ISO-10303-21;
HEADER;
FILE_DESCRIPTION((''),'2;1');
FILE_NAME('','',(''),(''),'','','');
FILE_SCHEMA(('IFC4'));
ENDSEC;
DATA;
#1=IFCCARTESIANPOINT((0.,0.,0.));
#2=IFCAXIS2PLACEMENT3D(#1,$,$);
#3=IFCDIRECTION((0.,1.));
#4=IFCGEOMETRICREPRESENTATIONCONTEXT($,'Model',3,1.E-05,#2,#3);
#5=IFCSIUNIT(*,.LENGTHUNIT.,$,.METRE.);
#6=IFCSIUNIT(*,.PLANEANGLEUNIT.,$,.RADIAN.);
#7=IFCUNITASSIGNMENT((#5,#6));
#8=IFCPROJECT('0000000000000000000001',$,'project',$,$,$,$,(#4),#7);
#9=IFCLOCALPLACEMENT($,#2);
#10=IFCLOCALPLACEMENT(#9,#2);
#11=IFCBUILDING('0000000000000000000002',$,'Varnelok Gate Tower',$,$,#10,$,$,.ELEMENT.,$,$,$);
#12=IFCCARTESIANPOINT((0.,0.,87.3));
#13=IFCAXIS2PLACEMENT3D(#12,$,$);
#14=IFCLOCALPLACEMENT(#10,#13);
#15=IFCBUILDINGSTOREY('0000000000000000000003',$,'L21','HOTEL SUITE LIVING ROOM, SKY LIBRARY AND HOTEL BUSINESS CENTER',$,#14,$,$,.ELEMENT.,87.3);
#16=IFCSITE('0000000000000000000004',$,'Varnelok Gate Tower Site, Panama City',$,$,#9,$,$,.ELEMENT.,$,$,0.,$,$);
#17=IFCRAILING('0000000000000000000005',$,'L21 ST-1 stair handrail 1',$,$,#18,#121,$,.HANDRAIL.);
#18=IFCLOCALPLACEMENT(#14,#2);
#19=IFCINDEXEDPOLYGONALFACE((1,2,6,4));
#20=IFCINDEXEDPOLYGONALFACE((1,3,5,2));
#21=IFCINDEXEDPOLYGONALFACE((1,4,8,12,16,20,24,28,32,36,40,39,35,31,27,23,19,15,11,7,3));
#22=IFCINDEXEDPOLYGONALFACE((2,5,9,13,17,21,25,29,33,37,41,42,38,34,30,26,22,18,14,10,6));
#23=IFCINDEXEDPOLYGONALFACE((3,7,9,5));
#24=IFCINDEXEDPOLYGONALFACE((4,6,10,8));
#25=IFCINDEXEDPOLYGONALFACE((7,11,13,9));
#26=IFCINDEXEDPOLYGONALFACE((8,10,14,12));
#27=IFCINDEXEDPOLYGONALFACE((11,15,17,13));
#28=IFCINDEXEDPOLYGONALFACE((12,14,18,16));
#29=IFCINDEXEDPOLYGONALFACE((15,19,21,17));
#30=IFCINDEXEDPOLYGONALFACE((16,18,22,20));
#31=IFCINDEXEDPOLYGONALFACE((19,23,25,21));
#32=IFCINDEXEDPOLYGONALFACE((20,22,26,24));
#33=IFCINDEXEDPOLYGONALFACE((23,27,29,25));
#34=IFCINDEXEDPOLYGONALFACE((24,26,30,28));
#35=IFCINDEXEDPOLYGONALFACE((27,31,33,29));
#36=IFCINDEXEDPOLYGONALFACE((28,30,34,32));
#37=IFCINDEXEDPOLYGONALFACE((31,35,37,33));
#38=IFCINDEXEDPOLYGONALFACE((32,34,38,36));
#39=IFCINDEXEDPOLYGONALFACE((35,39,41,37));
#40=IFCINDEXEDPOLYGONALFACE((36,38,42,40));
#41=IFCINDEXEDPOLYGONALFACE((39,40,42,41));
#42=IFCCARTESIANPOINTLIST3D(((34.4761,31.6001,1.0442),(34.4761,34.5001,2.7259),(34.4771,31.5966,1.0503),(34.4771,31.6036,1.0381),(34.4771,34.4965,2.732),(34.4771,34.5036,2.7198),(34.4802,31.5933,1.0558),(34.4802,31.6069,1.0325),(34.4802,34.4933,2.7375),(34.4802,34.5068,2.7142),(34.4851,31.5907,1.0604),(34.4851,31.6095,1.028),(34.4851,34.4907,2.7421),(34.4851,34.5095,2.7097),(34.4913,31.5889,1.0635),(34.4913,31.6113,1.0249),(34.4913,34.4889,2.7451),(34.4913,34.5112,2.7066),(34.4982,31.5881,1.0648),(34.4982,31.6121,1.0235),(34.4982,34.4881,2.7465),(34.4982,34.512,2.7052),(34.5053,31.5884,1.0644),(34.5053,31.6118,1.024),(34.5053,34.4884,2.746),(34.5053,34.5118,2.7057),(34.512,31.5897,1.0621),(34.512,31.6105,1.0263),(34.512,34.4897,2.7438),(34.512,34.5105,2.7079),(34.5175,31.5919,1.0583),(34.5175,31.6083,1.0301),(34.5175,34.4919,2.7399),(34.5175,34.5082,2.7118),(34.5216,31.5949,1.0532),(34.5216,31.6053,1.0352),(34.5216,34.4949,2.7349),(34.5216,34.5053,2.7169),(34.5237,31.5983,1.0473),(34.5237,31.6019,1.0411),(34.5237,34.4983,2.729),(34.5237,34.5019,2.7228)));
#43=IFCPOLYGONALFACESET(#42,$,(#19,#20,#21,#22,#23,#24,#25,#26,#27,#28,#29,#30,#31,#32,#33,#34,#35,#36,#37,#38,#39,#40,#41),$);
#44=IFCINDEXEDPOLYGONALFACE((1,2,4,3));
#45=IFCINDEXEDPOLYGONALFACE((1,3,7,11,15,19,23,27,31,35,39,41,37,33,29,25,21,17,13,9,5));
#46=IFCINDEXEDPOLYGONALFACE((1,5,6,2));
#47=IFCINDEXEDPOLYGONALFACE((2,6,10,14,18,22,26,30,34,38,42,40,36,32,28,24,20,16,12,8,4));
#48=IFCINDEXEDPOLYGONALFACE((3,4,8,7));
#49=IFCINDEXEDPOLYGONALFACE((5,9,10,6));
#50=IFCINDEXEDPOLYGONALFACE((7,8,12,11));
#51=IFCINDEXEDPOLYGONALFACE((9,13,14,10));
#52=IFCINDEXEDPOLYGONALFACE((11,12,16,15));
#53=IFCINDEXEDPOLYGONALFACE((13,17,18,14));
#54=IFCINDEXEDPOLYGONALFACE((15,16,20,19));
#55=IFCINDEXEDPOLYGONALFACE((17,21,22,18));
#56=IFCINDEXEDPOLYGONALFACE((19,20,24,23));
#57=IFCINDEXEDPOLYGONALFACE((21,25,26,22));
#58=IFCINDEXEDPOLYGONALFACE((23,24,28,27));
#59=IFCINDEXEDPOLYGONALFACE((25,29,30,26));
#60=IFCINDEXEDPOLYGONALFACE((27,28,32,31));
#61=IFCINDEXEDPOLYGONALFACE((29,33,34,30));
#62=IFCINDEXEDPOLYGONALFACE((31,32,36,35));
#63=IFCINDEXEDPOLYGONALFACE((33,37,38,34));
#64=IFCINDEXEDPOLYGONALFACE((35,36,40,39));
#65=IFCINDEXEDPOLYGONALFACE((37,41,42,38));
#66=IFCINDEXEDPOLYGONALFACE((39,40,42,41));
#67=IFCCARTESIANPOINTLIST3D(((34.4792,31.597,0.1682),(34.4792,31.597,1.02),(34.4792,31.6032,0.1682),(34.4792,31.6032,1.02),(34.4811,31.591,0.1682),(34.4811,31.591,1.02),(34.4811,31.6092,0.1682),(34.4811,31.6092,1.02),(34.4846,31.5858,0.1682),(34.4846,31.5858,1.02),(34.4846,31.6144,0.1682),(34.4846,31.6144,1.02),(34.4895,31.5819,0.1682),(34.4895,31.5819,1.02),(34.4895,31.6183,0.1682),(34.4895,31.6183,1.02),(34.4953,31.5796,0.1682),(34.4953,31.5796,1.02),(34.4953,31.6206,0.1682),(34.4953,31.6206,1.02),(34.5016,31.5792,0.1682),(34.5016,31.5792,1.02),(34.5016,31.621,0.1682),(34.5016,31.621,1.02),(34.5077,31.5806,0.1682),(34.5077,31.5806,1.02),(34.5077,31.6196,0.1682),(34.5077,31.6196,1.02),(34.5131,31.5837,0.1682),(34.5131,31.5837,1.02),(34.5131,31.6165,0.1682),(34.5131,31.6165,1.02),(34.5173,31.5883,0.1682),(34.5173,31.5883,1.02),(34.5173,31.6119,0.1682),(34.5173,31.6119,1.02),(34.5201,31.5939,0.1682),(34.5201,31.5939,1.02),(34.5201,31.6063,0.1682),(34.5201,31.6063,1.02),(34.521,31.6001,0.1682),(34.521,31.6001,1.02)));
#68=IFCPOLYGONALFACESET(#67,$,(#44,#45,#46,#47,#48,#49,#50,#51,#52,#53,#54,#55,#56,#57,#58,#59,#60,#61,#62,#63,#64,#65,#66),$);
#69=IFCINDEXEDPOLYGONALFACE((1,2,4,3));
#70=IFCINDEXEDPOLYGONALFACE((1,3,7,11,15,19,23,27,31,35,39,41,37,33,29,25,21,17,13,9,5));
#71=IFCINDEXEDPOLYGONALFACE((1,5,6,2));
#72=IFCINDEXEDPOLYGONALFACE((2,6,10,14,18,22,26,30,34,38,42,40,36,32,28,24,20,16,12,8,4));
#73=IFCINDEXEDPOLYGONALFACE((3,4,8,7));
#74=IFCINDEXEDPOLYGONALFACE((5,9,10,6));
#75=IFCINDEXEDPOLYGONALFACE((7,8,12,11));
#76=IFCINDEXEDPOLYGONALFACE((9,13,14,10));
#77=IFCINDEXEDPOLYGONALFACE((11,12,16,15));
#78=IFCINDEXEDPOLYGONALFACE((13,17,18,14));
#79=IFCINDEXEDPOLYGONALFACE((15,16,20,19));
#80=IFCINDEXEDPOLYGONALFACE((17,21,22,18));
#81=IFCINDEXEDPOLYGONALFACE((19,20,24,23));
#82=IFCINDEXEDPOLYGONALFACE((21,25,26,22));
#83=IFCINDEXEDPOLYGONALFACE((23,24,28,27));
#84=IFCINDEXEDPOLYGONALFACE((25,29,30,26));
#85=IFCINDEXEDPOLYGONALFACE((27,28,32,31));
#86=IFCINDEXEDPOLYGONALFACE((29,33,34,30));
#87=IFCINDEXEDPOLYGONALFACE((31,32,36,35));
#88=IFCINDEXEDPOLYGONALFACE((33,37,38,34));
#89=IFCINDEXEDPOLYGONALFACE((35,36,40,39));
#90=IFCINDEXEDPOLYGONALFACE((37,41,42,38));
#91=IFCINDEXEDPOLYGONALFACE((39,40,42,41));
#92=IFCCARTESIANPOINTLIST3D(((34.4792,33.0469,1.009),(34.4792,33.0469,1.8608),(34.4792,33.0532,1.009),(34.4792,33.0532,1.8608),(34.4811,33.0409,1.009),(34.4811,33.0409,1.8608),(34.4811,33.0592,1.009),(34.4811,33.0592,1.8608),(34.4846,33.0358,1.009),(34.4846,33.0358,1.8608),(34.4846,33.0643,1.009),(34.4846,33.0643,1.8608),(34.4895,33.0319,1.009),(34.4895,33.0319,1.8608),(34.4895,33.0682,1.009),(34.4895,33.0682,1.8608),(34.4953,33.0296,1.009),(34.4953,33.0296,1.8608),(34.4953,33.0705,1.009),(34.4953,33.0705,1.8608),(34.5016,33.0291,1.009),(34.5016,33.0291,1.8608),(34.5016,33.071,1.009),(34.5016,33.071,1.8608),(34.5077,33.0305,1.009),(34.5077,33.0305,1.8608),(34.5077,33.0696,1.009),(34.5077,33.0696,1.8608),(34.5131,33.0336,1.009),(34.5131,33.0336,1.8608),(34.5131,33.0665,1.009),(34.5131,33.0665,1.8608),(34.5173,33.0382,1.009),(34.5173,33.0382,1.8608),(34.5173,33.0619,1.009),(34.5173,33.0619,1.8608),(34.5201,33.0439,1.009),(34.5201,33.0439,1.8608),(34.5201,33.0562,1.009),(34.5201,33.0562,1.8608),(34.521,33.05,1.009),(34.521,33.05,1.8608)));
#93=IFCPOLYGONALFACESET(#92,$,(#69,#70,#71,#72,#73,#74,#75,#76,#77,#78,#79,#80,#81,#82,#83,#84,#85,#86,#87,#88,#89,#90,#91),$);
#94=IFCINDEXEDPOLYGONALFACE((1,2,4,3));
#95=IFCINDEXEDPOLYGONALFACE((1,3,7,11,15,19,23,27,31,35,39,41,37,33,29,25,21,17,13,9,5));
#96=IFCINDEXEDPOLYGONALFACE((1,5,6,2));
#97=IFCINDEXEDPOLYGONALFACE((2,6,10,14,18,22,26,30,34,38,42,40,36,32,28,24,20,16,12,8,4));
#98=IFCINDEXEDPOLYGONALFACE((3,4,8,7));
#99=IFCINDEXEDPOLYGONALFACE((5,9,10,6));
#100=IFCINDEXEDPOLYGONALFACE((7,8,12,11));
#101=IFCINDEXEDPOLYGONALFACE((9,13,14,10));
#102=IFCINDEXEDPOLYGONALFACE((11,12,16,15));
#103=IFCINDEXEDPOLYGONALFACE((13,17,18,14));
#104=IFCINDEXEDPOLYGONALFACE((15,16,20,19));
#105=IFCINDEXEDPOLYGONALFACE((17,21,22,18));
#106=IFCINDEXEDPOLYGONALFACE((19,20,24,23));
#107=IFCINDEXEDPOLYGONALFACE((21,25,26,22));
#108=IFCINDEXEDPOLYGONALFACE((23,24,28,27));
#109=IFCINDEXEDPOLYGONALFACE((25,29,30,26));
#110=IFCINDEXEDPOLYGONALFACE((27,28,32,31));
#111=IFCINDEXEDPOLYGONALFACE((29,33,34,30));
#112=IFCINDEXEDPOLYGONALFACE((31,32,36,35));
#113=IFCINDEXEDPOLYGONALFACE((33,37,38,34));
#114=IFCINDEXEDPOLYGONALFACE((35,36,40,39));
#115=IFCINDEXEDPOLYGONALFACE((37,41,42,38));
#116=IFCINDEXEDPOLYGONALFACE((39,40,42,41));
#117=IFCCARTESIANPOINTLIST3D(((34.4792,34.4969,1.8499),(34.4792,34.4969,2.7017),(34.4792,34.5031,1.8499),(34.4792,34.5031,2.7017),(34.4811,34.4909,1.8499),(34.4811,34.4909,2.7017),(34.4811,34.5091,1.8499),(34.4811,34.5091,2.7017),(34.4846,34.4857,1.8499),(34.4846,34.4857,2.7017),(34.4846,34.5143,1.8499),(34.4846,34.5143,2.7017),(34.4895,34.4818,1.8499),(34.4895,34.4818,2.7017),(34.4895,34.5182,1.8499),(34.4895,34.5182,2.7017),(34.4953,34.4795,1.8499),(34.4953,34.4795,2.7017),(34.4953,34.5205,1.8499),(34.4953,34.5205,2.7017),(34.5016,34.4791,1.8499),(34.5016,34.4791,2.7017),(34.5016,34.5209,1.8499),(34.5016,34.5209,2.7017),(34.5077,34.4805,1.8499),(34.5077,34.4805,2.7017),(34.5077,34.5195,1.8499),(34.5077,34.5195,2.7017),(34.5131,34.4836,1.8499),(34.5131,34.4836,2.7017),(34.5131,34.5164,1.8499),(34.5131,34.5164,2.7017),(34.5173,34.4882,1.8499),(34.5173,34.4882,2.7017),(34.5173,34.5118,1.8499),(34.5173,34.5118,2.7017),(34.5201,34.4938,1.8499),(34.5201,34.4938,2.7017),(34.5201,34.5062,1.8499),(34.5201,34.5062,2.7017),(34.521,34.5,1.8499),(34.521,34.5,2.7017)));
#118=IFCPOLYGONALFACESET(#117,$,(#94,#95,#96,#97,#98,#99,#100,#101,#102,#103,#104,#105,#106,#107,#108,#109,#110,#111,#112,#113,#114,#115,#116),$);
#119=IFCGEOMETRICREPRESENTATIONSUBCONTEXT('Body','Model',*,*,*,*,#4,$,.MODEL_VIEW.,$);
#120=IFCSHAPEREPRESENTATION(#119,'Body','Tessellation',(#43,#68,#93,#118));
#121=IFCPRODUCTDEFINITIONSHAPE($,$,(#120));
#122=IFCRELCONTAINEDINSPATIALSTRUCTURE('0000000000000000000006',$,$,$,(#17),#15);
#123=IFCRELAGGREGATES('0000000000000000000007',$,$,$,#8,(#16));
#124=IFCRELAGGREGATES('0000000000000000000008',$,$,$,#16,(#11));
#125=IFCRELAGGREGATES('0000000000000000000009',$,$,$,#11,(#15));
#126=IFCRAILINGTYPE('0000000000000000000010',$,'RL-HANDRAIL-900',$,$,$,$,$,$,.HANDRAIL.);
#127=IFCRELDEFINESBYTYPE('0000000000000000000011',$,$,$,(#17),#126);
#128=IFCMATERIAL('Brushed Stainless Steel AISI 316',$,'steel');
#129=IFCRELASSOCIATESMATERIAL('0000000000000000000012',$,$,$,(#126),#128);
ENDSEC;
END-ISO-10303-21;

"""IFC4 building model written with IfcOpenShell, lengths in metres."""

from ifc_helpers import new_model, si_unit, direction, frame, origin, origin_2d, place, context, subcontext, project, spatial, circle, extrude, material, type_object, element, save


model = new_model("IFC4")

# Units and contexts
model_context = context("Model", 3, precision=1e-05, world=origin(), true_north=direction((0.0, 1.0)))
body_context = subcontext(model_context, "Body", "Model", "MODEL_VIEW")
ifc_project = project(units=[si_unit("LENGTHUNIT", "METRE"), si_unit("PLANEANGLEUNIT", "RADIAN")], contexts=[model_context])

# Site, building, storey
site_placement = place(None, origin())
site = spatial("IfcSite", under=ifc_project, at=site_placement, Name="Varnelok Gate Tower Site, Panama City", CompositionType="ELEMENT", RefElevation=0.0)
building_placement = place(site_placement, origin())
building = spatial("IfcBuilding", under=site, at=building_placement, Name="Varnelok Gate Tower", CompositionType="ELEMENT")
storey_placement = place(building_placement, frame((0.0, 0.0, 87.3)))
storey = spatial("IfcBuildingStorey", under=building, at=storey_placement, Name="L21", Description="HOTEL SUITE LIVING ROOM, SKY LIBRARY AND HOTEL BUSINESS CENTER", CompositionType="ELEMENT", Elevation=87.3)

# Railing
ifc_material_1 = material(Name="Brushed Stainless Steel AISI 316", Category="steel")
railing_type_1 = type_object("IfcRailingType", Name="RL-HANDRAIL-900", PredefinedType="HANDRAIL", material=ifc_material_1)
railing_1_placement = place(storey_placement, frame((34.5, 31.6001, 0.1682)))
element("IfcRailing", 1, at=railing_1_placement, inside=storey, type_object=railing_type_1, Name="L21 ST-1 stair handrail 1", PredefinedType="HANDRAIL", context=body_context, shape_type="SweptSolid", body=[
    extrude(circle(Radius=0.0239, at=origin_2d()), frame((0.0, 0.0, 0.876), z_axis=(0.0, 0.86507, 0.501651), x_axis=(-1.0, 0.0, 0.0)), (0.0, 0.0, 1.0), 3.3523),
    extrude(circle(Radius=0.021, at=origin_2d()), origin(), (0.0, 0.0, 1.0), 0.8518),
    extrude(circle(Radius=0.021, at=origin_2d()), frame((0.0, 1.45, 0.8408)), (0.0, 0.0, 1.0), 0.8518),
    extrude(circle(Radius=0.021, at=origin_2d()), frame((0.0, 2.8999, 1.6816)), (0.0, 0.0, 1.0), 0.8518),
])

save(model, "model.ifc")
